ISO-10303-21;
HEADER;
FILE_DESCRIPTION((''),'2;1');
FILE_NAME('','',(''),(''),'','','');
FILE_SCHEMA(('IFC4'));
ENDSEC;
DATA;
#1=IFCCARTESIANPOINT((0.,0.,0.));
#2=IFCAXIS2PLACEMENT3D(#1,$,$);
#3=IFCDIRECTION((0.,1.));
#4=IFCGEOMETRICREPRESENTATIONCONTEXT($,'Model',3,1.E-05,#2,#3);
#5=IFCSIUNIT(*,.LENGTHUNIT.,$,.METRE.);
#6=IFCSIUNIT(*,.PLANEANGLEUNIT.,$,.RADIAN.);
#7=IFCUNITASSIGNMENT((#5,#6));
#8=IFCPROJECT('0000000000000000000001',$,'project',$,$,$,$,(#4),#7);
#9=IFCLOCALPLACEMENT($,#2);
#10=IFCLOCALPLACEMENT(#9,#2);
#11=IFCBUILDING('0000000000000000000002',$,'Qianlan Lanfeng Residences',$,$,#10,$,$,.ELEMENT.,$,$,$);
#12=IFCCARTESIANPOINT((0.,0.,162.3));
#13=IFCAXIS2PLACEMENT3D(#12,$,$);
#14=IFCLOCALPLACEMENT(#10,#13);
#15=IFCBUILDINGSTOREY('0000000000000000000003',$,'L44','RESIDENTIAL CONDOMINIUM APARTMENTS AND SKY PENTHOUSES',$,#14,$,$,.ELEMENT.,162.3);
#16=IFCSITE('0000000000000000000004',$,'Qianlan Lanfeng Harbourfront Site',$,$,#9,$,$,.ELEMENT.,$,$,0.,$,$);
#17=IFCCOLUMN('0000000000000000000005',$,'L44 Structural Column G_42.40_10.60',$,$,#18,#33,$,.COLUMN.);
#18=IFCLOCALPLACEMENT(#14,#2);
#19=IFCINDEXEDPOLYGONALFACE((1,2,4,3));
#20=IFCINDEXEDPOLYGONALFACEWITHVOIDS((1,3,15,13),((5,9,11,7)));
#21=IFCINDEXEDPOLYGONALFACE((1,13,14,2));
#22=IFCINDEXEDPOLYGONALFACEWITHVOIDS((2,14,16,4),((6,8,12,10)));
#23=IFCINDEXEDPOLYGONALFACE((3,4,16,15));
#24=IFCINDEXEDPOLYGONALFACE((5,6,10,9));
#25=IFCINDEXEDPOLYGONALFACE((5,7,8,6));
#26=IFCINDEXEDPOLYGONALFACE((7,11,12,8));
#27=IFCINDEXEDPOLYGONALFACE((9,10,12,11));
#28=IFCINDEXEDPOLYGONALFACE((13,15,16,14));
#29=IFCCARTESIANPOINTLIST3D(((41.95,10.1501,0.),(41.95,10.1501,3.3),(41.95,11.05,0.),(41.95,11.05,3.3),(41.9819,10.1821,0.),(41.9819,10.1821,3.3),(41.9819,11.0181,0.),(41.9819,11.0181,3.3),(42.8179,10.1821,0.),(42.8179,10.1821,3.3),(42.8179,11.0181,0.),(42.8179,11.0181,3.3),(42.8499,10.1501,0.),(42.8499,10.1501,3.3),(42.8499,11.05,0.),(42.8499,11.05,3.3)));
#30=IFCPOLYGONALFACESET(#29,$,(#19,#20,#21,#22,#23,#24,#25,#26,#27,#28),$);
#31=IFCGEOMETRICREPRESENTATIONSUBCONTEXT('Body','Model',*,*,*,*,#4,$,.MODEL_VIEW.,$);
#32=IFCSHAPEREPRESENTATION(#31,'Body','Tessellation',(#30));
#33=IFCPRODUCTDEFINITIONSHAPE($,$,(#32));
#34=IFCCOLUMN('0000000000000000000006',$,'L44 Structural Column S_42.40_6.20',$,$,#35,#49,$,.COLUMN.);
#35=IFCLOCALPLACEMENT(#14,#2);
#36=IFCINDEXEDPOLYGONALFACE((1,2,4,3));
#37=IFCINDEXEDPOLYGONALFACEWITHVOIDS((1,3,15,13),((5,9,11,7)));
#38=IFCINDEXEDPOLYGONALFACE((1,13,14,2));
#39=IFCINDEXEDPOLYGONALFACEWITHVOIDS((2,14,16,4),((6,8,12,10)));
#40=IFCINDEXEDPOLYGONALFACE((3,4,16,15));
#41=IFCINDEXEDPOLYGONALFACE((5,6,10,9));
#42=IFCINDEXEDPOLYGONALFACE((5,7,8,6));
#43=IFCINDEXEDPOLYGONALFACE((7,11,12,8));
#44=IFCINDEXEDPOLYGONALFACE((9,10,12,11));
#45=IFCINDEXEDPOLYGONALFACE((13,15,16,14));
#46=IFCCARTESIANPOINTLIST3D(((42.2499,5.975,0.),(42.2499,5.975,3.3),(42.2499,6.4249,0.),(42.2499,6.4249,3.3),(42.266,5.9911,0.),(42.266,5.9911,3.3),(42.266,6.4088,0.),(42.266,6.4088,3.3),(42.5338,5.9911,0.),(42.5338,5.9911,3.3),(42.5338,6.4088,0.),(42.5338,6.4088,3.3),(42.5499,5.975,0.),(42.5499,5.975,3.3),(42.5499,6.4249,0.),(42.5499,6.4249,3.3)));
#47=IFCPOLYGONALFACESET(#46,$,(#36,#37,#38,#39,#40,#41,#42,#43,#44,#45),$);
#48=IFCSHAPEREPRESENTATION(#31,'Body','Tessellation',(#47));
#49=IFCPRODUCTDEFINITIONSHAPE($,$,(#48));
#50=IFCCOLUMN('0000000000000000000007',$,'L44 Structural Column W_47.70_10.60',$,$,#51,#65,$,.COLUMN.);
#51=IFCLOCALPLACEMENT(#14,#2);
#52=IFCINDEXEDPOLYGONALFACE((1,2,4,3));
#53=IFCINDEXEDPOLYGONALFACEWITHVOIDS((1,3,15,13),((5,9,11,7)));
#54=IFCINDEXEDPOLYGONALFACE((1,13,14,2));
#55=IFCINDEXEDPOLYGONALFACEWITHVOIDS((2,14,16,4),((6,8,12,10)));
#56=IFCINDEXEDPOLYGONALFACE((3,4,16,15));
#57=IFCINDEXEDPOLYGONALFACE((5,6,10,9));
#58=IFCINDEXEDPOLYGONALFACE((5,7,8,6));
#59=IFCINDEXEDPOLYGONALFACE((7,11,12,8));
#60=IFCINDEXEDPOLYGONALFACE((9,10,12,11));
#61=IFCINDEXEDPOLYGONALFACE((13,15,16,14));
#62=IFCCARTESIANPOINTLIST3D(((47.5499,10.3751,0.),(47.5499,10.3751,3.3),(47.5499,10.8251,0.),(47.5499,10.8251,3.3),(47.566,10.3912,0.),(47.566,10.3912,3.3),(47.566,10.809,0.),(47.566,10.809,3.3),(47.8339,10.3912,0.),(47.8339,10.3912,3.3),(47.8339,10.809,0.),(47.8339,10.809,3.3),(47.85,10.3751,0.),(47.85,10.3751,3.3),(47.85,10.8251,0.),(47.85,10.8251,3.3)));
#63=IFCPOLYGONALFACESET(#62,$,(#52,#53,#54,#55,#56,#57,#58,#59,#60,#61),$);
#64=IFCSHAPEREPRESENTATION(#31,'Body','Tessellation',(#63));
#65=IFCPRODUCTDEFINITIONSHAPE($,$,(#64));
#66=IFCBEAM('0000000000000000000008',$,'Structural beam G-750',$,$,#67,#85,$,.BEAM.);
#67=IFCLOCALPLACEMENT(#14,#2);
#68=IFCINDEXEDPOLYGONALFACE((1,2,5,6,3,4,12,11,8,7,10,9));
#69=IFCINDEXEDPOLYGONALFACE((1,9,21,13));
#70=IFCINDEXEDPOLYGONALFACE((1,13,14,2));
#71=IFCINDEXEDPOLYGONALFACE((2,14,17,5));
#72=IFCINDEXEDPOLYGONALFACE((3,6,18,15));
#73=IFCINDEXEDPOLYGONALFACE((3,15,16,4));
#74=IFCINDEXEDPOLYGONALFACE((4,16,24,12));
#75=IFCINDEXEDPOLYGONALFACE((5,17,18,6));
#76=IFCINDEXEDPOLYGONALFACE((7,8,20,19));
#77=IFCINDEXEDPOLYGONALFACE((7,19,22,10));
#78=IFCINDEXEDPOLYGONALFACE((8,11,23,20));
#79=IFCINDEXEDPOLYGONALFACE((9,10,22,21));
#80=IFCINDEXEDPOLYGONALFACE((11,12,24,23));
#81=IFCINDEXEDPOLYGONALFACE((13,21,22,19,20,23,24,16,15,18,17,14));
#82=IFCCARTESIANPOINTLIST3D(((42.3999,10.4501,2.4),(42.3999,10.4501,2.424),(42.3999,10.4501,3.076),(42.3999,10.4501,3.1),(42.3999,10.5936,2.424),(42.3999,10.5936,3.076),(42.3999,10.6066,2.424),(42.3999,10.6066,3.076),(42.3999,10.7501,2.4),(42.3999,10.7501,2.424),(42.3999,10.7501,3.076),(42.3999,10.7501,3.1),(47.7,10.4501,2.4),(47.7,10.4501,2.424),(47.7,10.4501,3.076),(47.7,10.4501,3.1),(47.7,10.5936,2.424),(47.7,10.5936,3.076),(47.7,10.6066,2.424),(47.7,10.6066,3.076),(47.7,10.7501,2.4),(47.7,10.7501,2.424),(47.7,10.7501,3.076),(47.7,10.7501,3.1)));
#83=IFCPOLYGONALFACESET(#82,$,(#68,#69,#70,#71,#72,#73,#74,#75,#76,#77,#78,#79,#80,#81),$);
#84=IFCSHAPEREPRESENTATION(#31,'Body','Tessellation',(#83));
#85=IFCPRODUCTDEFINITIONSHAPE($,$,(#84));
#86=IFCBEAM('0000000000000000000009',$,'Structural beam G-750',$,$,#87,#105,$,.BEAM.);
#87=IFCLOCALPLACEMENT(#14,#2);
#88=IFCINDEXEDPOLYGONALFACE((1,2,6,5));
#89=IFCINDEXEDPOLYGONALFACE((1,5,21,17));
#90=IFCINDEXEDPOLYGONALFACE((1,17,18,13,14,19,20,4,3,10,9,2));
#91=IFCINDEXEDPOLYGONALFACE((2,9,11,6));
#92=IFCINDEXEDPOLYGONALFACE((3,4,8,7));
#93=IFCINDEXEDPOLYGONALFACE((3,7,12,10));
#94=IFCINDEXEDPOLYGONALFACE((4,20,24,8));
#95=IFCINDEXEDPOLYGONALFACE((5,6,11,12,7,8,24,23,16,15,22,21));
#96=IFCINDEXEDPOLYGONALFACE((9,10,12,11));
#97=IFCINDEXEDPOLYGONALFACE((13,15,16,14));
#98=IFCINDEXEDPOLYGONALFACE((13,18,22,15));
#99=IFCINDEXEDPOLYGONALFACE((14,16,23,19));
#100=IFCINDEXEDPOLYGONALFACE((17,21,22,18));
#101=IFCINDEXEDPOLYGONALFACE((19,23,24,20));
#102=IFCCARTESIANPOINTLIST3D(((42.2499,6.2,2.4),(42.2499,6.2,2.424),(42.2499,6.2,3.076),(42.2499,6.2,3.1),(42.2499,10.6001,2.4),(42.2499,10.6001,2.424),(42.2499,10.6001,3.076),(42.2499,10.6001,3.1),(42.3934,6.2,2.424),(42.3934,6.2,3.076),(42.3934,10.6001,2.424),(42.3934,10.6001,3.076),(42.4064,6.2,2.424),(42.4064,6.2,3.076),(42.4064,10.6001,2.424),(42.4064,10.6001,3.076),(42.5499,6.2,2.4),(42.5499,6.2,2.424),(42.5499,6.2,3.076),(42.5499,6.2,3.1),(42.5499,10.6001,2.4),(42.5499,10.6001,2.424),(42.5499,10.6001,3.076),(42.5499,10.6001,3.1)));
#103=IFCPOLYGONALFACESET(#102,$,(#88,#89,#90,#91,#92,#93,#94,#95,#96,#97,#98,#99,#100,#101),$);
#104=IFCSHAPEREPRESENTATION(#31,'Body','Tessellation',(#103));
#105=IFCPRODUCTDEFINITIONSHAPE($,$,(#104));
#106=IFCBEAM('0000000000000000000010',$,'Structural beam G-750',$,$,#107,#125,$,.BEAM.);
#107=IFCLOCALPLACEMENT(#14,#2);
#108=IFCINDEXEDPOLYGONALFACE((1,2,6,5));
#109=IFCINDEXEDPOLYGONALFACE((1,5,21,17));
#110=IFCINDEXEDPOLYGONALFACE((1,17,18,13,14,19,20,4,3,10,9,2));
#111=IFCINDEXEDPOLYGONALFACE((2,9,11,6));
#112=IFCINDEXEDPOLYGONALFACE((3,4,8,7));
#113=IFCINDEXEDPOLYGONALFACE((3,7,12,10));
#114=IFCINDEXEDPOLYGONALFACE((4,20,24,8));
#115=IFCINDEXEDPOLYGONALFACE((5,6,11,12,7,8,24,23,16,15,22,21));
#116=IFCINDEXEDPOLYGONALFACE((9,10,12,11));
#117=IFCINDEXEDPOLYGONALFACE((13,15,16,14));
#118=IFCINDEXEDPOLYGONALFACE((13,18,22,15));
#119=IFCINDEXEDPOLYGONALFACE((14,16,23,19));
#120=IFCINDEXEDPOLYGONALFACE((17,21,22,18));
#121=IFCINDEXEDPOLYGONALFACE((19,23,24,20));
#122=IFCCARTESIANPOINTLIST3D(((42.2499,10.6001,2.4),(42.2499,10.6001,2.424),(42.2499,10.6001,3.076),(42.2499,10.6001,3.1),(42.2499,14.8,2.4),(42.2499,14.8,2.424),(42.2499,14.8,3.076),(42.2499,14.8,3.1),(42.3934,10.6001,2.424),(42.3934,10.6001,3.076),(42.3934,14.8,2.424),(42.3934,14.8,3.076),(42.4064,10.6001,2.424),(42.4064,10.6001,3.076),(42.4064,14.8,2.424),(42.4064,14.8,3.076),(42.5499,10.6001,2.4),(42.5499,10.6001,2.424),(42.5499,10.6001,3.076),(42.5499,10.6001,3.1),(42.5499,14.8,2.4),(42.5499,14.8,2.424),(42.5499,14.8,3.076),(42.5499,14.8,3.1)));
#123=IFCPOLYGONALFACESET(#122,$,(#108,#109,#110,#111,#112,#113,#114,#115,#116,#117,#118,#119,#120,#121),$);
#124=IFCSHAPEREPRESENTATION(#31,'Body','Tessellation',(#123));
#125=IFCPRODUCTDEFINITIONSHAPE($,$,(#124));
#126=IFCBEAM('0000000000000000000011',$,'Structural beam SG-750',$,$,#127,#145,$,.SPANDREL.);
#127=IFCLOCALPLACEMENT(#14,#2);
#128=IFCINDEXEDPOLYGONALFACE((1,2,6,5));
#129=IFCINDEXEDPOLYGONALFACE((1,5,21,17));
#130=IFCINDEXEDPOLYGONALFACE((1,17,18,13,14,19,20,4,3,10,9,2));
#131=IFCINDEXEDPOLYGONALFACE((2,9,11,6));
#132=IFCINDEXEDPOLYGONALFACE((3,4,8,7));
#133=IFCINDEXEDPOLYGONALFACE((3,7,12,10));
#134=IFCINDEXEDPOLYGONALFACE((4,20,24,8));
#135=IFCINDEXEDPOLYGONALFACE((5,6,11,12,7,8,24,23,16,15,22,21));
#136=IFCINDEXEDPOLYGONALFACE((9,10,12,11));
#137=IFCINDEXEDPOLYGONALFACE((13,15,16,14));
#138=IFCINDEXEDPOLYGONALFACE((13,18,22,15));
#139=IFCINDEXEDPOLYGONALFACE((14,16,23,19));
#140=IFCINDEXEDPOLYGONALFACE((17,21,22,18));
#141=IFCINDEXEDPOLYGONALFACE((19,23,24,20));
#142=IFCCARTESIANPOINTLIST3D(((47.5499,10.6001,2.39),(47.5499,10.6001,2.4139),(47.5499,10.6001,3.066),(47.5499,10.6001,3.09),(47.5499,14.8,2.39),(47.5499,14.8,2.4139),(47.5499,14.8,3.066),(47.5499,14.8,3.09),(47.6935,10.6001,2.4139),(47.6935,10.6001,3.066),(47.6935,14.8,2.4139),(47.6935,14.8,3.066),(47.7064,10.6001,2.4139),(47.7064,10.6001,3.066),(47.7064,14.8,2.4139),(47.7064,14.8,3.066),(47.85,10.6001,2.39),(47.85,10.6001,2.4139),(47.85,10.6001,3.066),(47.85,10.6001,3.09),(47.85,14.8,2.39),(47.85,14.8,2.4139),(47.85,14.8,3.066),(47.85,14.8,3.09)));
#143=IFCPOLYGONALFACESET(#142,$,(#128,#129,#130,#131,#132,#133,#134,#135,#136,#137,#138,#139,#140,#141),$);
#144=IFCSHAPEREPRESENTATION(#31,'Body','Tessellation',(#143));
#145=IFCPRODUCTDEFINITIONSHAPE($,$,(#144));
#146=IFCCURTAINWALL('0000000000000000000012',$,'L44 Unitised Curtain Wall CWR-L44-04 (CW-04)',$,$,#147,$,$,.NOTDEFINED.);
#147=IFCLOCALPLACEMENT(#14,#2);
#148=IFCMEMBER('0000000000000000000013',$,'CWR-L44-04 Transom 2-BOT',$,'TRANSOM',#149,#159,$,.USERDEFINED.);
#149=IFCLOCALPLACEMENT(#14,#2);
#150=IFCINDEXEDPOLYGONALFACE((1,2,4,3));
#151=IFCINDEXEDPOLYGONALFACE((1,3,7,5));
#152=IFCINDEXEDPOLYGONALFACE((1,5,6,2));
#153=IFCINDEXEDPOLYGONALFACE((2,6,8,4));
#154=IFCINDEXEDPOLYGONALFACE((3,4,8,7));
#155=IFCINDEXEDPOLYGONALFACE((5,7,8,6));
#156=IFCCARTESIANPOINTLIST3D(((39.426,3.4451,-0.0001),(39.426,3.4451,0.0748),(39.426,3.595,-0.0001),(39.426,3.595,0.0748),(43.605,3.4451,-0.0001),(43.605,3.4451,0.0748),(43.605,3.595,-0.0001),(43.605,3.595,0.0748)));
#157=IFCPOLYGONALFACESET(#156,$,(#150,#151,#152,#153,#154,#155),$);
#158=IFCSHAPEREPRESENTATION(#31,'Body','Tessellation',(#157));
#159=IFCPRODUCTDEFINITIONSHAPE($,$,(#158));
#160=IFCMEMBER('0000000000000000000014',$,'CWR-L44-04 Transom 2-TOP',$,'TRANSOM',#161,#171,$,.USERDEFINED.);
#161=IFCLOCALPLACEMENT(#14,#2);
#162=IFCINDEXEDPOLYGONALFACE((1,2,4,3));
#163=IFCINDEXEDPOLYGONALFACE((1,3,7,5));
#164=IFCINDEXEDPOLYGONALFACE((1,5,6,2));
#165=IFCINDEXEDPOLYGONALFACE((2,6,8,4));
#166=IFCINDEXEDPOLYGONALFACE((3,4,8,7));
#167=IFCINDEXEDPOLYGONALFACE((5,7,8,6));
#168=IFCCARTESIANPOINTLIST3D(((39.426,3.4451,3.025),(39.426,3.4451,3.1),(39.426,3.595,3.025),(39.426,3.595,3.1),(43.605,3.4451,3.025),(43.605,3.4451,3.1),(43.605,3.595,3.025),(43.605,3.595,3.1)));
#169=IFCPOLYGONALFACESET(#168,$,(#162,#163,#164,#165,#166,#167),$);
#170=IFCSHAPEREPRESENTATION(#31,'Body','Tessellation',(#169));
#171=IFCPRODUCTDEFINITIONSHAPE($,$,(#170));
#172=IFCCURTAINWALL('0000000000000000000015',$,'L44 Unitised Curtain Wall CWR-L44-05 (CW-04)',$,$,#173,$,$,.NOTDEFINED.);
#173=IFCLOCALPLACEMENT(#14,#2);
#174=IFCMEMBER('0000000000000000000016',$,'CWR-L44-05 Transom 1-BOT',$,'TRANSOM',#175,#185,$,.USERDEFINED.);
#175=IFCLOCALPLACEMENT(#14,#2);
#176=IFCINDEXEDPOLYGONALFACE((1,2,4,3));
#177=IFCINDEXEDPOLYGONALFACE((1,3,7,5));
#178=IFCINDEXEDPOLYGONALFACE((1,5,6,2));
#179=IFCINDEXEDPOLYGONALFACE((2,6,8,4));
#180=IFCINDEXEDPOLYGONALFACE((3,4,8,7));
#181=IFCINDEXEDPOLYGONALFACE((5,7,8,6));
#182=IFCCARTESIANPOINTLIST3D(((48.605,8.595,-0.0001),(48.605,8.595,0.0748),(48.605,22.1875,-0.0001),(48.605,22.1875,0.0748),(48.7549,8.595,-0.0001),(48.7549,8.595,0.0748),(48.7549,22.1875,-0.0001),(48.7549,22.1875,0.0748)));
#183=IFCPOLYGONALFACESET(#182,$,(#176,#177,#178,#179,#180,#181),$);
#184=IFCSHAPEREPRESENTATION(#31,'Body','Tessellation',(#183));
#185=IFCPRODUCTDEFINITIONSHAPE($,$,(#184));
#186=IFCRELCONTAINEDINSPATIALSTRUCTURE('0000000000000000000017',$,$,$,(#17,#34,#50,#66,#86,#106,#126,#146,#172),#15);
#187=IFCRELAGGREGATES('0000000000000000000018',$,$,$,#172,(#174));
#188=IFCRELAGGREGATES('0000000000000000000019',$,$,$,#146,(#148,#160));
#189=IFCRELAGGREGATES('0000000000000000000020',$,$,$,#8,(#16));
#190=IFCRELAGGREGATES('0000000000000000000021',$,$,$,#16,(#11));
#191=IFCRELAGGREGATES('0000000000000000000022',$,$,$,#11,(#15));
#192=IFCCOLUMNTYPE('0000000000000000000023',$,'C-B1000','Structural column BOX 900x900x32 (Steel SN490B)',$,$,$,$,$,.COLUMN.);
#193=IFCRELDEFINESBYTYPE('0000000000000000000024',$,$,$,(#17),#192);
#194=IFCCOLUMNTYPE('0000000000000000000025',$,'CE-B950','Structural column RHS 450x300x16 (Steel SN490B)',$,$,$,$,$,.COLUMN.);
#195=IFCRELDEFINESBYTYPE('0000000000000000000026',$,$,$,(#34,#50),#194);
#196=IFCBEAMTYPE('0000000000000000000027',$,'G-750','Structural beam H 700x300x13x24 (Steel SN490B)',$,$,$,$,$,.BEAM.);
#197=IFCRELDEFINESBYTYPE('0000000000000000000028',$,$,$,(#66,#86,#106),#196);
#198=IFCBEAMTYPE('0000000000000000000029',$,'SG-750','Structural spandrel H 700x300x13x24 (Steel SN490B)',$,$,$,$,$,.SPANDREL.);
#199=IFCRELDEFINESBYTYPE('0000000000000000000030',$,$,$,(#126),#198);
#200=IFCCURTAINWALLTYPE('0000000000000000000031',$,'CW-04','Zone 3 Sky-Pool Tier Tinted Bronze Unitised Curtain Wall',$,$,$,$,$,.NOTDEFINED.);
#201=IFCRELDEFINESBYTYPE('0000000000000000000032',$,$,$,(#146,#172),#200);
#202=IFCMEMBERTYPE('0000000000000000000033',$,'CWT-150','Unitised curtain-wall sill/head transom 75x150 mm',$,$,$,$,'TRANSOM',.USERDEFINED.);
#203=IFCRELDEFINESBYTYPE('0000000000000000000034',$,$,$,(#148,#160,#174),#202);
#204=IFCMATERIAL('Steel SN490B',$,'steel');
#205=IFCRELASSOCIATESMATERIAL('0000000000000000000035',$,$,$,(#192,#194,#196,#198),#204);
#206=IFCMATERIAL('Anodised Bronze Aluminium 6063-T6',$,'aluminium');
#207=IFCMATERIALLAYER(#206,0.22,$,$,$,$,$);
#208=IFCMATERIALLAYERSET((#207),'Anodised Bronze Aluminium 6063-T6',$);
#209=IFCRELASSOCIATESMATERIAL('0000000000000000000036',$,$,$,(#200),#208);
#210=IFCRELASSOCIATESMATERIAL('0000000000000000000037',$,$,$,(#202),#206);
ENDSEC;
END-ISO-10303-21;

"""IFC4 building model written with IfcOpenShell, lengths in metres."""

from ifc_helpers import new_model, si_unit, direction, frame, origin, origin_2d, place, context, subcontext, project, spatial, rectangle, hollow_rectangle, i_section, extrude, source, transform, mapped, material, layer, layer_set, material_profile, profile_set, type_object, element, aggregate, save


model = new_model("IFC4")

# Units and contexts
model_context = context("Model", 3, precision=1e-05, world=origin(), true_north=direction((0.0, 1.0)))
body_context = subcontext(model_context, "Body", "Model", "MODEL_VIEW")
ifc_project = project(units=[si_unit("LENGTHUNIT", "METRE"), si_unit("PLANEANGLEUNIT", "RADIAN")], contexts=[model_context])

# Site, building, storey
site_placement = place(None, origin())
site = spatial("IfcSite", under=ifc_project, at=site_placement, Name="Qianlan Lanfeng Harbourfront Site", CompositionType="ELEMENT", RefElevation=0.0)
building_placement = place(site_placement, origin())
building = spatial("IfcBuilding", under=site, at=building_placement, Name="Qianlan Lanfeng Residences", CompositionType="ELEMENT")
storey_placement = place(building_placement, frame((0.0, 0.0, 162.3)))
storey = spatial("IfcBuildingStorey", under=building, at=storey_placement, Name="L44", Description="RESIDENTIAL CONDOMINIUM APARTMENTS AND SKY PENTHOUSES", CompositionType="ELEMENT", Elevation=162.3)

# Columns
ifc_material_1 = material(Name="Steel SN490B", Category="steel")
ifc_material_profile_1 = material_profile(ifc_material_1, hollow_rectangle(XDim=0.8999, YDim=0.8999, WallThickness=0.032, at=origin_2d()), Name="BOX 900x900x32")
ifc_profile_set_1 = profile_set([ifc_material_profile_1], Name="Steel SN490B")
column_type_1 = type_object("IfcColumnType", Name="C-B1000", Description="Structural column BOX 900x900x32 (Steel SN490B)", PredefinedType="COLUMN", material=ifc_profile_set_1)
column_placement = place(storey_placement, frame((42.3999, 10.6001, 0.0), z_axis=(0.0, 0.0, 1.0), x_axis=(1.0, 0.0, 0.0)))
element("IfcColumn", 1, at=column_placement, inside=storey, type_object=column_type_1, Name="L44 Structural Column G_42.40_10.60", PredefinedType="COLUMN", context=body_context, shape_type="SweptSolid", body=[
    extrude(hollow_rectangle(XDim=0.8999, YDim=0.8999, WallThickness=0.032, at=origin_2d()), origin(), (0.0, 0.0, 1.0), 3.3),
])
ifc_material_profile_2 = material_profile(ifc_material_1, hollow_rectangle(XDim=0.3, YDim=0.45, WallThickness=0.0161, at=origin_2d()), Name="RHS 450x300x16")
ifc_profile_set_2 = profile_set([ifc_material_profile_2], Name="Steel SN490B")
column_type_2 = type_object("IfcColumnType", Name="CE-B950", Description="Structural column RHS 450x300x16 (Steel SN490B)", PredefinedType="COLUMN", material=ifc_profile_set_2)
for number, where, z_axis, x_axis, name in (
    (2, (42.3999, 6.2, 0.0), (0.0, 0.0, 1.0), (1.0, 0.0, 0.0), "L44 Structural Column S_42.40_6.20"),
    (3, (47.7, 10.6001, 0.0), (0.0, 0.0, 1.0), (1.0, 0.0, 0.0), "L44 Structural Column W_47.70_10.60"),
):
    element("IfcColumn", number, at=place(storey_placement, frame(where, z_axis=z_axis, x_axis=x_axis)), inside=storey, type_object=column_type_2, Name=name, PredefinedType="COLUMN", context=body_context, shape_type="SweptSolid", body=[
        extrude(hollow_rectangle(XDim=0.3, YDim=0.45, WallThickness=0.0161, at=origin_2d()), origin(), (0.0, 0.0, 1.0), 3.3),
    ])

# Beams
ifc_material_profile_3 = material_profile(ifc_material_1, i_section(OverallWidth=0.3, OverallDepth=0.7, WebThickness=0.0129, FlangeThickness=0.0239, at=origin_2d()), Name="H 700x300x13x24")
ifc_profile_set_3 = profile_set([ifc_material_profile_3], Name="Steel SN490B")
beam_type_1 = type_object("IfcBeamType", Name="G-750", Description="Structural beam H 700x300x13x24 (Steel SN490B)", PredefinedType="BEAM", material=ifc_profile_set_3)
beam_1_placement = place(storey_placement, frame((42.3999, 10.6001, 2.75), z_axis=(1.0, 0.0, 0.0), x_axis=(0.0, 1.0, 0.0)))
element("IfcBeam", 4, at=beam_1_placement, inside=storey, type_object=beam_type_1, Name="Structural beam G-750", PredefinedType="BEAM", context=body_context, shape_type="SweptSolid", body=[
    extrude(i_section(OverallWidth=0.3, OverallDepth=0.7, WebThickness=0.0129, FlangeThickness=0.0239, at=origin_2d()), origin(), (0.0, 0.0, 1.0), 5.3),
])
beam_2_placement = place(storey_placement, frame((42.3999, 6.2, 2.75), z_axis=(0.0, 1.0, 0.0), x_axis=(-1.0, 0.0, 0.0)))
element("IfcBeam", 5, at=beam_2_placement, inside=storey, type_object=beam_type_1, Name="Structural beam G-750", PredefinedType="BEAM", context=body_context, shape_type="SweptSolid", body=[
    extrude(i_section(OverallWidth=0.3, OverallDepth=0.7, WebThickness=0.0129, FlangeThickness=0.0239, at=origin_2d()), origin(), (0.0, 0.0, 1.0), 4.4001),
])
beam_3_placement = place(storey_placement, frame((42.3999, 10.6001, 2.75), z_axis=(0.0, 1.0, 0.0), x_axis=(-1.0, 0.0, 0.0)))
element("IfcBeam", 6, at=beam_3_placement, inside=storey, type_object=beam_type_1, Name="Structural beam G-750", PredefinedType="BEAM", context=body_context, shape_type="SweptSolid", body=[
    extrude(i_section(OverallWidth=0.3, OverallDepth=0.7, WebThickness=0.0129, FlangeThickness=0.0239, at=origin_2d()), origin(), (0.0, 0.0, 1.0), 4.2),
])
ifc_material_profile_4 = material_profile(ifc_material_1, i_section(OverallWidth=0.3, OverallDepth=0.7, WebThickness=0.0129, FlangeThickness=0.0239, at=origin_2d()), Name="H 700x300x13x24")
ifc_profile_set_4 = profile_set([ifc_material_profile_4], Name="Steel SN490B")
beam_type_2 = type_object("IfcBeamType", Name="SG-750", Description="Structural spandrel H 700x300x13x24 (Steel SN490B)", PredefinedType="SPANDREL", material=ifc_profile_set_4)
beam_4_placement = place(storey_placement, frame((47.7, 10.6001, 2.74), z_axis=(0.0, 1.0, 0.0), x_axis=(-1.0, 0.0, 0.0)))
element("IfcBeam", 7, at=beam_4_placement, inside=storey, type_object=beam_type_2, Name="Structural beam SG-750", PredefinedType="SPANDREL", context=body_context, shape_type="SweptSolid", body=[
    extrude(i_section(OverallWidth=0.3, OverallDepth=0.7, WebThickness=0.0129, FlangeThickness=0.0239, at=origin_2d()), origin(), (0.0, 0.0, 1.0), 4.2),
])

# Curtain walls, members
ifc_material_2 = material(Name="Anodised Bronze Aluminium 6063-T6", Category="aluminium")
ifc_layer_1 = layer(ifc_material_2, 0.22)
ifc_layer_set_1 = layer_set([ifc_layer_1], Name="Anodised Bronze Aluminium 6063-T6")
curtain_wall_type = type_object("IfcCurtainWallType", Name="CW-04", Description="Zone 3 Sky-Pool Tier Tinted Bronze Unitised Curtain Wall", PredefinedType="NOTDEFINED", material=ifc_layer_set_1)
curtain_wall_1_placement = place(storey_placement, origin())
curtain_wall_1 = element("IfcCurtainWall", 8, at=curtain_wall_1_placement, inside=storey, type_object=curtain_wall_type, Name="L44 Unitised Curtain Wall CWR-L44-04 (CW-04)", PredefinedType="NOTDEFINED")
ifc_material_profile_5 = material_profile(ifc_material_2, rectangle(XDim=0.075, YDim=0.1499, at=origin_2d()), Name="ALU TRANSOM 75x150")
ifc_profile_set_5 = profile_set([ifc_material_profile_5], Name="Anodised Bronze Aluminium 6063-T6")
member_type_1 = type_object("IfcMemberType", Name="CWT-150", Description="Unitised curtain-wall sill/head transom 75x150 mm", ElementType="TRANSOM", PredefinedType="USERDEFINED", material=ifc_profile_set_5)
shared_shape_1 = source(origin(), body_context, "Body", "SweptSolid", [
    extrude(rectangle(XDim=0.075, YDim=0.1499, at=origin_2d()), origin(), (0.0, 0.0, 1.0), 4.179),
])
member_1_placement = place(storey_placement, frame((39.426, 3.52, 0.0374), z_axis=(1.0, 0.0, 0.0), x_axis=(0.0, 0.0, 1.0)))
member_1 = element("IfcMember", 9, at=member_1_placement, type_object=member_type_1, Name="CWR-L44-04 Transom 2-BOT", ObjectType="TRANSOM", PredefinedType="USERDEFINED", context=body_context, shape_type="MappedRepresentation", body=[
    mapped(shared_shape_1, transform((0.0, 0.0, 0.0), scale=1.0)),
])
member_2_placement = place(storey_placement, frame((39.426, 3.52, 3.0625), z_axis=(1.0, 0.0, 0.0), x_axis=(0.0, 0.0, 1.0)))
member_2 = element("IfcMember", 10, at=member_2_placement, type_object=member_type_1, Name="CWR-L44-04 Transom 2-TOP", ObjectType="TRANSOM", PredefinedType="USERDEFINED", context=body_context, shape_type="MappedRepresentation", body=[
    mapped(shared_shape_1, transform((0.0, 0.0, 0.0), scale=1.0)),
])
curtain_wall_2_placement = place(storey_placement, origin())
curtain_wall_2 = element("IfcCurtainWall", 11, at=curtain_wall_2_placement, inside=storey, type_object=curtain_wall_type, Name="L44 Unitised Curtain Wall CWR-L44-05 (CW-04)", PredefinedType="NOTDEFINED")
shared_shape_2 = source(origin(), body_context, "Body", "SweptSolid", [
    extrude(rectangle(XDim=0.075, YDim=0.1499, at=origin_2d()), origin(), (0.0, 0.0, 1.0), 13.5925),
])
member_3_placement = place(storey_placement, frame((48.6799, 8.595, 0.0374), z_axis=(0.0, 1.0, 0.0), x_axis=(0.0, 0.0, 1.0)))
member_3 = element("IfcMember", 12, at=member_3_placement, type_object=member_type_1, Name="CWR-L44-05 Transom 1-BOT", ObjectType="TRANSOM", PredefinedType="USERDEFINED", context=body_context, shape_type="MappedRepresentation", body=[
    mapped(shared_shape_2, transform((0.0, 0.0, 0.0), scale=1.0)),
])

aggregate(curtain_wall_2, [member_3])

aggregate(curtain_wall_1, [member_1, member_2])

save(model, "model.ifc")
